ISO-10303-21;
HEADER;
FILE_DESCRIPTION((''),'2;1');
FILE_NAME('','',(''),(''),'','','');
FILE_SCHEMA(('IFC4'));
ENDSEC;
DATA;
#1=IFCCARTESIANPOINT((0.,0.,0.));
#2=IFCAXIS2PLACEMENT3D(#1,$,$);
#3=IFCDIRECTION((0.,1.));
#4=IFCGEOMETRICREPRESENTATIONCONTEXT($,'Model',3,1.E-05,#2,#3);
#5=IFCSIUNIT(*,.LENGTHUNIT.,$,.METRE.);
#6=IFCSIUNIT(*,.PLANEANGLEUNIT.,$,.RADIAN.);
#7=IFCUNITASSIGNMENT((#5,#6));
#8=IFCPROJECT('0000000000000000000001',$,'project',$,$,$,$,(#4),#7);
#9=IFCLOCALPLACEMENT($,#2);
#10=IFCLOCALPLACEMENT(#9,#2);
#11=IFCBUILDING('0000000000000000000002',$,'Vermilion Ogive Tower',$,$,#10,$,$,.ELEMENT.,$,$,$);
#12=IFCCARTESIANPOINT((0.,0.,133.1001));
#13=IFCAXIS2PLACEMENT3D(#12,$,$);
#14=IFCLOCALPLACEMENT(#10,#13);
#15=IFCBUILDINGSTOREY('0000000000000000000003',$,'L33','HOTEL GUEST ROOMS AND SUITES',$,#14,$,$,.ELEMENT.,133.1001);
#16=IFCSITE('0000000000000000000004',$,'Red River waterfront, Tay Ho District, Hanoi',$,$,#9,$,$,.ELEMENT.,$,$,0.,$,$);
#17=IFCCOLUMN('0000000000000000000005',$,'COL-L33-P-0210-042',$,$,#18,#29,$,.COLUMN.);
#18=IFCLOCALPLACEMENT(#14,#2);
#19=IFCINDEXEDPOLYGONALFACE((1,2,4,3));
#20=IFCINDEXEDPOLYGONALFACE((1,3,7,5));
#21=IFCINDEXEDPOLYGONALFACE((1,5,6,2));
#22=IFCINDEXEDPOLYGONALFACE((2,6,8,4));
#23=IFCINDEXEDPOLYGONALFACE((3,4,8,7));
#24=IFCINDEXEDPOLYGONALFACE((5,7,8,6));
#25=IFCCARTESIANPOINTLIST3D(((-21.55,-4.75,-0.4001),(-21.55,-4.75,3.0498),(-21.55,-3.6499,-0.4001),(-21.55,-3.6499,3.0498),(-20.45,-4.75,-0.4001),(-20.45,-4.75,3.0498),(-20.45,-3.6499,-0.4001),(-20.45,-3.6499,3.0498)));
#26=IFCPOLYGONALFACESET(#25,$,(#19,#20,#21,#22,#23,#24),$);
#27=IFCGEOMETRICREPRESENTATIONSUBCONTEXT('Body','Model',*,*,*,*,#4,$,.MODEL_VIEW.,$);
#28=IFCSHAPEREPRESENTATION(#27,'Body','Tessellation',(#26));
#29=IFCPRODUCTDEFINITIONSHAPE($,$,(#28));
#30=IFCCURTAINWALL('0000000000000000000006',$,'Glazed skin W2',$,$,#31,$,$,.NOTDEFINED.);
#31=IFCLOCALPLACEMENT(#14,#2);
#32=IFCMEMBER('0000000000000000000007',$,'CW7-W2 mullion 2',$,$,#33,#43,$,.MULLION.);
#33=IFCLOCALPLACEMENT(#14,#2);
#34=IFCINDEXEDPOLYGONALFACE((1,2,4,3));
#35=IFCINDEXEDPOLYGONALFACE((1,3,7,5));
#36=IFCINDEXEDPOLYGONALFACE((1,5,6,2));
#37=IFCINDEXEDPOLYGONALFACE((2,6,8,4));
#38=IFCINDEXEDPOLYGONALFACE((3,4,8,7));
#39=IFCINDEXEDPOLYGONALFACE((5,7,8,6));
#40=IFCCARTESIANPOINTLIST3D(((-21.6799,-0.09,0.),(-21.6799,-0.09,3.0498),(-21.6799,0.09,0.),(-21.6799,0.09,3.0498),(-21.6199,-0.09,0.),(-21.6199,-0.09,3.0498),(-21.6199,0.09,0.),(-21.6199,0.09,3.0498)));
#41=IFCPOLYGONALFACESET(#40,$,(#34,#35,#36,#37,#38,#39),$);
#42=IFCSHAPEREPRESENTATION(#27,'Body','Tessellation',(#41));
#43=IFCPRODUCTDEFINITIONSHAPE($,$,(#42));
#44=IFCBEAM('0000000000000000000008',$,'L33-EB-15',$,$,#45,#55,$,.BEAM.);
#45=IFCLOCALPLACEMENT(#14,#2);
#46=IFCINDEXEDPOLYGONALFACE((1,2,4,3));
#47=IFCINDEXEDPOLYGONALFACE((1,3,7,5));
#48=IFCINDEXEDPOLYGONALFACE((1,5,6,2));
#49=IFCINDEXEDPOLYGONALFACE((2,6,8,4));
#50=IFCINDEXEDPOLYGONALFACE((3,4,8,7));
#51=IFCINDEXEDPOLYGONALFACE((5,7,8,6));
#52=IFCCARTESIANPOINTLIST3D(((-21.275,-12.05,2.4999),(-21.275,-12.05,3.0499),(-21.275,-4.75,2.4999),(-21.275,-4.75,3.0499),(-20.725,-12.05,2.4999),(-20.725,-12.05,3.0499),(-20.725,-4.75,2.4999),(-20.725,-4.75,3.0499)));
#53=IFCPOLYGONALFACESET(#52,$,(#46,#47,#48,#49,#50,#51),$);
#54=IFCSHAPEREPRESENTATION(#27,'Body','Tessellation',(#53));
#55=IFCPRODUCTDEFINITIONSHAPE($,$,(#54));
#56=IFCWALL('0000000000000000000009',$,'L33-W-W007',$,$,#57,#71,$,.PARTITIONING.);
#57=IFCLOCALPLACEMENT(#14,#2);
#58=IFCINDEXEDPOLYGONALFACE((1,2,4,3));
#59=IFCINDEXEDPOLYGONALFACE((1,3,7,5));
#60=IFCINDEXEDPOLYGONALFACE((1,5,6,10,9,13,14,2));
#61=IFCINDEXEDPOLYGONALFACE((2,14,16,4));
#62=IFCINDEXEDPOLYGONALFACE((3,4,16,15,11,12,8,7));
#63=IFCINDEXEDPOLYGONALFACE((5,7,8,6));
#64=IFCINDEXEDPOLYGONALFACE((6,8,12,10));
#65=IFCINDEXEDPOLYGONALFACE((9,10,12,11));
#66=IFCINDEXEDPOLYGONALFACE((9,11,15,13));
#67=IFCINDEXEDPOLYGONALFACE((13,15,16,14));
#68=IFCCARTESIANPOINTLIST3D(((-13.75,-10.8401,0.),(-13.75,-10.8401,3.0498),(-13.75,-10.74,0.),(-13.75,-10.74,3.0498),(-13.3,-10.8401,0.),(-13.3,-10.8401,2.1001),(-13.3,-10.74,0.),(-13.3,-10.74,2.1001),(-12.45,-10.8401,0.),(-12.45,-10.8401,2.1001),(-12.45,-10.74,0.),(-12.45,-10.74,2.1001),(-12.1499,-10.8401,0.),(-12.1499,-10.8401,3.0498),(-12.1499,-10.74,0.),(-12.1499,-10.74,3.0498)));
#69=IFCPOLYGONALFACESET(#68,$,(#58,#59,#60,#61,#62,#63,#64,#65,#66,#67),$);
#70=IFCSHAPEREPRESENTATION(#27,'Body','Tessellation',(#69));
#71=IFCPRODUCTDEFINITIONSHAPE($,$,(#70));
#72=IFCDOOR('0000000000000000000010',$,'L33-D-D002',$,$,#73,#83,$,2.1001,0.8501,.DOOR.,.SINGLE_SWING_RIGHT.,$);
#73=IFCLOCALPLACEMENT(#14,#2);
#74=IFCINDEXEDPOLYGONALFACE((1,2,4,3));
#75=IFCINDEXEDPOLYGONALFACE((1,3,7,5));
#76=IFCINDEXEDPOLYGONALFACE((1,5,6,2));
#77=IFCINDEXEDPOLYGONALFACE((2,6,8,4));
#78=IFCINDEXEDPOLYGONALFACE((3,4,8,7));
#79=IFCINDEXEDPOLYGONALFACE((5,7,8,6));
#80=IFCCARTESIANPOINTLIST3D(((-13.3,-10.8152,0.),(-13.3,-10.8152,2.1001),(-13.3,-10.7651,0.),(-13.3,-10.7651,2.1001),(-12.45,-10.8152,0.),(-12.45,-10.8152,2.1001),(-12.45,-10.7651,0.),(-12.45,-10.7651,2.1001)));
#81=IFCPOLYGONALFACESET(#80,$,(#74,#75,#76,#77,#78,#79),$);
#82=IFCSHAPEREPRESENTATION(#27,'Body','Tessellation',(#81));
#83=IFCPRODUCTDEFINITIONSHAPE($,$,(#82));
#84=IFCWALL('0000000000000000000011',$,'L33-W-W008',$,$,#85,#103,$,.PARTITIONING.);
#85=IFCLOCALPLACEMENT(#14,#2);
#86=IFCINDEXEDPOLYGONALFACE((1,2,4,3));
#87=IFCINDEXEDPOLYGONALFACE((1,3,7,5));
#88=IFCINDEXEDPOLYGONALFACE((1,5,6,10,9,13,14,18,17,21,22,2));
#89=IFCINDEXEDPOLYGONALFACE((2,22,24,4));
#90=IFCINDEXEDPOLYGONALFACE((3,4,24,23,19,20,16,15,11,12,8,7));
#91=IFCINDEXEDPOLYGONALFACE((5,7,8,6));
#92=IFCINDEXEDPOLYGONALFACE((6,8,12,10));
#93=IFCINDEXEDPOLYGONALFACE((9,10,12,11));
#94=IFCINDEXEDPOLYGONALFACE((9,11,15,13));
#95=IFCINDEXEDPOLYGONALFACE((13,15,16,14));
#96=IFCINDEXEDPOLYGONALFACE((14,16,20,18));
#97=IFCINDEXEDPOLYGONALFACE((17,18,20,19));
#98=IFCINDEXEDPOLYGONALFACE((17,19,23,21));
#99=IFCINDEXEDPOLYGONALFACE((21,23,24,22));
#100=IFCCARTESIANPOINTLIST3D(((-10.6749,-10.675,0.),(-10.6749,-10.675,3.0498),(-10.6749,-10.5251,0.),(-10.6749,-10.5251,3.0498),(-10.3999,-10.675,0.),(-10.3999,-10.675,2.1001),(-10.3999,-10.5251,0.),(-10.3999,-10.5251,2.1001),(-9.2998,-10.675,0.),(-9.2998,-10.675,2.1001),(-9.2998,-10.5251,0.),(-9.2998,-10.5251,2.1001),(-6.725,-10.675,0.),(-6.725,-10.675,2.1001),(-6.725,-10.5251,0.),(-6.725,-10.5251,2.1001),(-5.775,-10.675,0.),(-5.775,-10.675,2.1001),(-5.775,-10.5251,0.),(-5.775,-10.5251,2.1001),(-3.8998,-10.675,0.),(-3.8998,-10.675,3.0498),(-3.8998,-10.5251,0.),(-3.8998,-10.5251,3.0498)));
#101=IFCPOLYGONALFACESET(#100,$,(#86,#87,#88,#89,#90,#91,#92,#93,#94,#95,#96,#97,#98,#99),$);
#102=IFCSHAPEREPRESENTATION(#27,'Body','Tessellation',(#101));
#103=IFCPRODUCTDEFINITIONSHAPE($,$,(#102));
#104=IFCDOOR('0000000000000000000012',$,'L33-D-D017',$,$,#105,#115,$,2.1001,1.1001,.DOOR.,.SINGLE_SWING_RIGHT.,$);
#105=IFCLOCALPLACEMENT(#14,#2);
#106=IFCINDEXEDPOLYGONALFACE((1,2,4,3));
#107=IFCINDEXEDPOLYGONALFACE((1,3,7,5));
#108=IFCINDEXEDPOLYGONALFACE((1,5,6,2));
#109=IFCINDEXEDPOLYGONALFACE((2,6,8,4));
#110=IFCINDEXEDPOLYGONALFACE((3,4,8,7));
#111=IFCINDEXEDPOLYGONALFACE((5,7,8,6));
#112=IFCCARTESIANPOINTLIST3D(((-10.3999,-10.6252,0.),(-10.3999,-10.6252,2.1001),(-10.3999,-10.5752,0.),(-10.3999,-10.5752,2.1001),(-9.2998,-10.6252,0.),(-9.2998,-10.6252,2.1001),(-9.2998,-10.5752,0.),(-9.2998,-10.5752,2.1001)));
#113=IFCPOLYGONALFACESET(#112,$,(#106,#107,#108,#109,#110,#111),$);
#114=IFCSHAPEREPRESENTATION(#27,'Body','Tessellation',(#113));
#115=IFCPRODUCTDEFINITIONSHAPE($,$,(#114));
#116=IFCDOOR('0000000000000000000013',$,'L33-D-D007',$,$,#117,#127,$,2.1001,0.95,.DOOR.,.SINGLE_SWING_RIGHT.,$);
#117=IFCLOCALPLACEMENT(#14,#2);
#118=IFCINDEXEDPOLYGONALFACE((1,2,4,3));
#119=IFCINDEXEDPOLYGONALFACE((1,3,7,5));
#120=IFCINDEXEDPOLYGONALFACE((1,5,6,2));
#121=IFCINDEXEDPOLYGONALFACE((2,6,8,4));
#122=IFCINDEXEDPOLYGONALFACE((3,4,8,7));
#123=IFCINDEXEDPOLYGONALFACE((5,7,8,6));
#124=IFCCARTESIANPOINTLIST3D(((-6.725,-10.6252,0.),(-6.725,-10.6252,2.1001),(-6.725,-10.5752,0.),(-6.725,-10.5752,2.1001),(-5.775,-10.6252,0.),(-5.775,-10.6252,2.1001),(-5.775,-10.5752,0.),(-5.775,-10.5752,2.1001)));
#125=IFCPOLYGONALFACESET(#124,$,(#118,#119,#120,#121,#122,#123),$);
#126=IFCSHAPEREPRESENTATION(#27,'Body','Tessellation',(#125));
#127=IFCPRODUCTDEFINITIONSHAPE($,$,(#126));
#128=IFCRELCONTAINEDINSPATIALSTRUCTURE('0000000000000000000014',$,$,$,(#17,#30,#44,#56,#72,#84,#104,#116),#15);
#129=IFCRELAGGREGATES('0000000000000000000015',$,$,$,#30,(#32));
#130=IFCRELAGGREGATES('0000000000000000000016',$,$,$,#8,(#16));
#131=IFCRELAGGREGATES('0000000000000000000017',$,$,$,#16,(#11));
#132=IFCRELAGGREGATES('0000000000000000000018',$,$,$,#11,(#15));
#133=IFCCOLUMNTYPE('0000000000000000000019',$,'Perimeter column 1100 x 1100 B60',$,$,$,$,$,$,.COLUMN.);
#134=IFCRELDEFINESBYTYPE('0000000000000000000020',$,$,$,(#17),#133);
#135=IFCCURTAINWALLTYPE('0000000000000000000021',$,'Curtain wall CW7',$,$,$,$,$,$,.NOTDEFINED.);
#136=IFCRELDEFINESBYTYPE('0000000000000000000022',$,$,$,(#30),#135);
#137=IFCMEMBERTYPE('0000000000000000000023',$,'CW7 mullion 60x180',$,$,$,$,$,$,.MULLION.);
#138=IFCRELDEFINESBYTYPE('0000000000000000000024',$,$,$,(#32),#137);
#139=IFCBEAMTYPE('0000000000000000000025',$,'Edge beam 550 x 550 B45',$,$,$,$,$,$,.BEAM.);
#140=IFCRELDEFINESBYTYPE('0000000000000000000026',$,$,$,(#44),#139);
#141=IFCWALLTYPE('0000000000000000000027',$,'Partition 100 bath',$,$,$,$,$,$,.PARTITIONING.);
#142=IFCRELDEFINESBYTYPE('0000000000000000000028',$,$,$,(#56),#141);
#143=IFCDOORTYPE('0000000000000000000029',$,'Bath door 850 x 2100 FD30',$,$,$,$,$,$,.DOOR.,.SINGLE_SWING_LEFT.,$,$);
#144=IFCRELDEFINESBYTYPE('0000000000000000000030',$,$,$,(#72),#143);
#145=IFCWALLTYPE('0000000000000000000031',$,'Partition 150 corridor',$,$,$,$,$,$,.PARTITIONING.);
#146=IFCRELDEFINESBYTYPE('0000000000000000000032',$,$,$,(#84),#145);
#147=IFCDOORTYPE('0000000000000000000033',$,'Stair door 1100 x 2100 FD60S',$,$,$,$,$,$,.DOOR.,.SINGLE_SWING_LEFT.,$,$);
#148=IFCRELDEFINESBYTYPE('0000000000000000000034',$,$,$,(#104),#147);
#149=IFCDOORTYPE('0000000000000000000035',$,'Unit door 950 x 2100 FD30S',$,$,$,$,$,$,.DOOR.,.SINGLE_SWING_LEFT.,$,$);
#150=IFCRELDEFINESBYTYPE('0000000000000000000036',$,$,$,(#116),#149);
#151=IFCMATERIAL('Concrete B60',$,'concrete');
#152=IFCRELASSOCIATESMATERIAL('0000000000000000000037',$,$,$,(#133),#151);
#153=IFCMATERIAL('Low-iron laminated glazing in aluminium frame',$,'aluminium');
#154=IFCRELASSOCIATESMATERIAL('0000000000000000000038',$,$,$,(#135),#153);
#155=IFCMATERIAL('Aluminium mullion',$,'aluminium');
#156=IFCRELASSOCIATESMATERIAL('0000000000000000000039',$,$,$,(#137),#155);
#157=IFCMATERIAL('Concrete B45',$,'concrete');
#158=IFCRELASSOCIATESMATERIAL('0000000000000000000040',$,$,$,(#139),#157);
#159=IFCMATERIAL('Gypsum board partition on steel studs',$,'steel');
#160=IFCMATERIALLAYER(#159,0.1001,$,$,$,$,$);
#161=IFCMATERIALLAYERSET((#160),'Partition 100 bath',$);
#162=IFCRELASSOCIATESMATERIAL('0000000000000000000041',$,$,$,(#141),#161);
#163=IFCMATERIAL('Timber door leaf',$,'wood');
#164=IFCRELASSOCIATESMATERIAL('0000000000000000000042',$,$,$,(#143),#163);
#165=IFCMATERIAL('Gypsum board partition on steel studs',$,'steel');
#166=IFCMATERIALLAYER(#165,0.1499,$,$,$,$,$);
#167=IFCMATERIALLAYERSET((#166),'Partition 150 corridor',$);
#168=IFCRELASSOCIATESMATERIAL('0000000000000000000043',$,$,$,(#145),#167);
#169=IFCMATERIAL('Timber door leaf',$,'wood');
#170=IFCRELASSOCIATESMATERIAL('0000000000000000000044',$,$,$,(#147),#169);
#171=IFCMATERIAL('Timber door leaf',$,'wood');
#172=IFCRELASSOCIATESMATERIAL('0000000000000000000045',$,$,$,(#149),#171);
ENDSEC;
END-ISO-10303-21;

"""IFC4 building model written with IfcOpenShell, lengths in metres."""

from ifc_helpers import new_model, si_unit, direction, frame, frame_2d, origin, origin_2d, place, context, subcontext, project, spatial, rectangle, extrude, material, layer, layer_set, material_profile, profile_set, type_object, element, fill, aggregate, save


model = new_model("IFC4")

# Units and contexts
model_context = context("Model", 3, precision=1e-05, world=origin(), true_north=direction((0.0, 1.0)))
body_context = subcontext(model_context, "Body", "Model", "MODEL_VIEW")
ifc_project = project(units=[si_unit("LENGTHUNIT", "METRE"), si_unit("PLANEANGLEUNIT", "RADIAN")], contexts=[model_context])

# Site, building, storey
site_placement = place(None, origin())
site = spatial("IfcSite", under=ifc_project, at=site_placement, Name="Red River waterfront, Tay Ho District, Hanoi", CompositionType="ELEMENT", RefElevation=0.0)
building_placement = place(site_placement, origin())
building = spatial("IfcBuilding", under=site, at=building_placement, Name="Vermilion Ogive Tower", CompositionType="ELEMENT")
storey_placement = place(building_placement, frame((0.0, 0.0, 133.1001)))
storey = spatial("IfcBuildingStorey", under=building, at=storey_placement, Name="L33", Description="HOTEL GUEST ROOMS AND SUITES", CompositionType="ELEMENT", Elevation=133.1001)

# Column
ifc_material_1 = material(Name="Concrete B60", Category="concrete")
ifc_material_profile_1 = material_profile(ifc_material_1, rectangle(XDim=1.1001, YDim=1.1001, at=origin_2d()), Name="1100 x 1100")
ifc_profile_set_1 = profile_set([ifc_material_profile_1], Name="Concrete B60")
column_type = type_object("IfcColumnType", Name="Perimeter column 1100 x 1100 B60", PredefinedType="COLUMN", material=ifc_profile_set_1)
column_placement = place(storey_placement, frame((-21.0, -4.2, -0.4001), z_axis=(0.0, 0.0, 1.0), x_axis=(1.0, 0.0, 0.0)))
element("IfcColumn", 1, at=column_placement, inside=storey, type_object=column_type, Name="COL-L33-P-0210-042", PredefinedType="COLUMN", context=body_context, shape_type="SweptSolid", body=[
    extrude(rectangle(XDim=1.1001, YDim=1.1001, at=origin_2d()), origin(), (0.0, 0.0, 1.0), 3.45),
])

# Curtain wall, member
ifc_material_2 = material(Name="Low-iron laminated glazing in aluminium frame", Category="aluminium")
curtain_wall_type = type_object("IfcCurtainWallType", Name="Curtain wall CW7", PredefinedType="NOTDEFINED", material=ifc_material_2)
curtain_wall_placement = place(storey_placement, origin())
curtain_wall = element("IfcCurtainWall", 2, at=curtain_wall_placement, inside=storey, type_object=curtain_wall_type, Name="Glazed skin W2", PredefinedType="NOTDEFINED")
ifc_material_3 = material(Name="Aluminium mullion", Category="aluminium")
ifc_material_profile_2 = material_profile(ifc_material_3, rectangle(XDim=0.0601, YDim=0.1799, at=origin_2d()), Name="AL 60x180")
ifc_profile_set_2 = profile_set([ifc_material_profile_2], Name="Aluminium mullion")
member_type = type_object("IfcMemberType", Name="CW7 mullion 60x180", PredefinedType="MULLION", material=ifc_profile_set_2)
member_placement = place(storey_placement, frame((-21.6499, 0.0, 0.0), z_axis=(0.0, 0.0, 1.0), x_axis=(1.0, 0.0, 0.0)))
member = element("IfcMember", 3, at=member_placement, type_object=member_type, Name="CW7-W2 mullion 2", PredefinedType="MULLION", context=body_context, shape_type="SweptSolid", body=[
    extrude(rectangle(XDim=0.0601, YDim=0.1799, at=origin_2d()), origin(), (0.0, 0.0, 1.0), 3.0498),
])
aggregate(curtain_wall, [member])

# Beam
ifc_material_4 = material(Name="Concrete B45", Category="concrete")
ifc_material_profile_3 = material_profile(ifc_material_4, rectangle(XDim=0.55, YDim=0.55, at=origin_2d()), Name="550 x 550")
ifc_profile_set_3 = profile_set([ifc_material_profile_3], Name="Concrete B45")
beam_type = type_object("IfcBeamType", Name="Edge beam 550 x 550 B45", PredefinedType="BEAM", material=ifc_profile_set_3)
beam_placement = place(storey_placement, frame((-21.0, -4.75, 2.7749), z_axis=(0.0, -1.0, 0.0), x_axis=(1.0, 0.0, 0.0)))
element("IfcBeam", 4, at=beam_placement, inside=storey, type_object=beam_type, Name="L33-EB-15", PredefinedType="BEAM", context=body_context, shape_type="SweptSolid", body=[
    extrude(rectangle(XDim=0.55, YDim=0.55, at=origin_2d()), origin(), (0.0, 0.0, 1.0), 7.3),
])

# Wall, opening, door
ifc_material_5 = material(Name="Gypsum board partition on steel studs", Category="steel")
ifc_layer_1 = layer(ifc_material_5, 0.1001)
ifc_layer_set_1 = layer_set([ifc_layer_1], Name="Partition 100 bath")
wall_type_1 = type_object("IfcWallType", Name="Partition 100 bath", PredefinedType="PARTITIONING", material=ifc_layer_set_1)
wall_1_placement = place(storey_placement, frame((-13.75, -10.79, 0.0), z_axis=(0.0, 0.0, 1.0), x_axis=(1.0, 0.0, 0.0)))
wall_1 = element("IfcWall", 5, at=wall_1_placement, inside=storey, type_object=wall_type_1, Name="L33-W-W007", PredefinedType="PARTITIONING", context=body_context, shape_type="SweptSolid", body=[
    extrude(rectangle(XDim=1.6001, YDim=0.1001, at=frame_2d((0.8, 0.0))), origin(), (0.0, 0.0, 1.0), 3.0498),
])
opening_1_placement = place(wall_1_placement, frame((0.45, 0.0, 0.0)))
opening_1 = element("IfcOpeningElement", 6, at=opening_1_placement, cuts=wall_1, PredefinedType="OPENING", context=body_context, shape_type="SweptSolid", body=[
    extrude(rectangle(XDim=0.8501, YDim=2.1001, at=frame_2d((0.425, 1.05))), frame((0.0, 0.0601, 0.0), z_axis=(0.0, -1.0, 0.0), x_axis=(1.0, 0.0, 0.0)), (0.0, 0.0, 1.0), 0.1201),
])
ifc_material_6 = material(Name="Timber door leaf", Category="wood")
door_type_1 = type_object("IfcDoorType", Name="Bath door 850 x 2100 FD30", OperationType="SINGLE_SWING_LEFT", PredefinedType="DOOR", material=ifc_material_6)
door_1_placement = place(opening_1_placement, origin())
door_1 = element("IfcDoor", 7, at=door_1_placement, inside=storey, type_object=door_type_1, Name="L33-D-D002", OperationType="SINGLE_SWING_RIGHT", OverallHeight=2.1001, OverallWidth=0.8501, PredefinedType="DOOR", context=body_context, shape_type="SweptSolid", body=[
    extrude(rectangle(XDim=0.8501, YDim=2.1001, at=frame_2d((0.425, 1.05))), frame((0.0, 0.0249, 0.0), z_axis=(0.0, -1.0, 0.0), x_axis=(1.0, 0.0, 0.0)), (0.0, 0.0, 1.0), 0.05),
])
fill(opening_1, door_1)

# Wall, openings, doors
ifc_material_7 = material(Name="Gypsum board partition on steel studs", Category="steel")
ifc_layer_2 = layer(ifc_material_7, 0.1499)
ifc_layer_set_2 = layer_set([ifc_layer_2], Name="Partition 150 corridor")
wall_type_2 = type_object("IfcWallType", Name="Partition 150 corridor", PredefinedType="PARTITIONING", material=ifc_layer_set_2)
wall_2_placement = place(storey_placement, frame((-10.675, -10.6001, 0.0), z_axis=(0.0, 0.0, 1.0), x_axis=(1.0, 0.0, 0.0)))
wall_2 = element("IfcWall", 8, at=wall_2_placement, inside=storey, type_object=wall_type_2, Name="L33-W-W008", PredefinedType="PARTITIONING", context=body_context, shape_type="SweptSolid", body=[
    extrude(rectangle(XDim=6.7751, YDim=0.1499, at=frame_2d((3.3877, 0.0))), origin(), (0.0, 0.0, 1.0), 3.0498),
])
opening_2_placement = place(wall_2_placement, frame((3.95, 0.0, 0.0)))
opening_2 = element("IfcOpeningElement", 9, at=opening_2_placement, cuts=wall_2, PredefinedType="OPENING", context=body_context, shape_type="SweptSolid", body=[
    extrude(rectangle(XDim=0.95, YDim=2.1001, at=frame_2d((0.4751, 1.05))), frame((0.0, 0.085, 0.0), z_axis=(0.0, -1.0, 0.0), x_axis=(1.0, 0.0, 0.0)), (0.0, 0.0, 1.0), 0.1699),
])
opening_3_placement = place(wall_2_placement, frame((0.2751, 0.0, 0.0)))
opening_3 = element("IfcOpeningElement", 10, at=opening_3_placement, cuts=wall_2, PredefinedType="OPENING", context=body_context, shape_type="SweptSolid", body=[
    extrude(rectangle(XDim=1.1001, YDim=2.1001, at=frame_2d((0.55, 1.05))), frame((0.0, 0.085, 0.0), z_axis=(0.0, -1.0, 0.0), x_axis=(1.0, 0.0, 0.0)), (0.0, 0.0, 1.0), 0.1699),
])
ifc_material_8 = material(Name="Timber door leaf", Category="wood")
door_type_2 = type_object("IfcDoorType", Name="Stair door 1100 x 2100 FD60S", OperationType="SINGLE_SWING_LEFT", PredefinedType="DOOR", material=ifc_material_8)
door_2_placement = place(opening_3_placement, origin())
door_2 = element("IfcDoor", 11, at=door_2_placement, inside=storey, type_object=door_type_2, Name="L33-D-D017", OperationType="SINGLE_SWING_RIGHT", OverallHeight=2.1001, OverallWidth=1.1001, PredefinedType="DOOR", context=body_context, shape_type="SweptSolid", body=[
    extrude(rectangle(XDim=1.1001, YDim=2.1001, at=frame_2d((0.55, 1.05))), frame((0.0, 0.0249, 0.0), z_axis=(0.0, -1.0, 0.0), x_axis=(1.0, 0.0, 0.0)), (0.0, 0.0, 1.0), 0.05),
])
fill(opening_3, door_2)
ifc_material_9 = material(Name="Timber door leaf", Category="wood")
door_type_3 = type_object("IfcDoorType", Name="Unit door 950 x 2100 FD30S", OperationType="SINGLE_SWING_LEFT", PredefinedType="DOOR", material=ifc_material_9)
door_3_placement = place(opening_2_placement, origin())
door_3 = element("IfcDoor", 12, at=door_3_placement, inside=storey, type_object=door_type_3, Name="L33-D-D007", OperationType="SINGLE_SWING_RIGHT", OverallHeight=2.1001, OverallWidth=0.95, PredefinedType="DOOR", context=body_context, shape_type="SweptSolid", body=[
    extrude(rectangle(XDim=0.95, YDim=2.1001, at=frame_2d((0.4751, 1.05))), frame((0.0, 0.0249, 0.0), z_axis=(0.0, -1.0, 0.0), x_axis=(1.0, 0.0, 0.0)), (0.0, 0.0, 1.0), 0.05),
])
fill(opening_2, door_3)

save(model, "model.ifc")
